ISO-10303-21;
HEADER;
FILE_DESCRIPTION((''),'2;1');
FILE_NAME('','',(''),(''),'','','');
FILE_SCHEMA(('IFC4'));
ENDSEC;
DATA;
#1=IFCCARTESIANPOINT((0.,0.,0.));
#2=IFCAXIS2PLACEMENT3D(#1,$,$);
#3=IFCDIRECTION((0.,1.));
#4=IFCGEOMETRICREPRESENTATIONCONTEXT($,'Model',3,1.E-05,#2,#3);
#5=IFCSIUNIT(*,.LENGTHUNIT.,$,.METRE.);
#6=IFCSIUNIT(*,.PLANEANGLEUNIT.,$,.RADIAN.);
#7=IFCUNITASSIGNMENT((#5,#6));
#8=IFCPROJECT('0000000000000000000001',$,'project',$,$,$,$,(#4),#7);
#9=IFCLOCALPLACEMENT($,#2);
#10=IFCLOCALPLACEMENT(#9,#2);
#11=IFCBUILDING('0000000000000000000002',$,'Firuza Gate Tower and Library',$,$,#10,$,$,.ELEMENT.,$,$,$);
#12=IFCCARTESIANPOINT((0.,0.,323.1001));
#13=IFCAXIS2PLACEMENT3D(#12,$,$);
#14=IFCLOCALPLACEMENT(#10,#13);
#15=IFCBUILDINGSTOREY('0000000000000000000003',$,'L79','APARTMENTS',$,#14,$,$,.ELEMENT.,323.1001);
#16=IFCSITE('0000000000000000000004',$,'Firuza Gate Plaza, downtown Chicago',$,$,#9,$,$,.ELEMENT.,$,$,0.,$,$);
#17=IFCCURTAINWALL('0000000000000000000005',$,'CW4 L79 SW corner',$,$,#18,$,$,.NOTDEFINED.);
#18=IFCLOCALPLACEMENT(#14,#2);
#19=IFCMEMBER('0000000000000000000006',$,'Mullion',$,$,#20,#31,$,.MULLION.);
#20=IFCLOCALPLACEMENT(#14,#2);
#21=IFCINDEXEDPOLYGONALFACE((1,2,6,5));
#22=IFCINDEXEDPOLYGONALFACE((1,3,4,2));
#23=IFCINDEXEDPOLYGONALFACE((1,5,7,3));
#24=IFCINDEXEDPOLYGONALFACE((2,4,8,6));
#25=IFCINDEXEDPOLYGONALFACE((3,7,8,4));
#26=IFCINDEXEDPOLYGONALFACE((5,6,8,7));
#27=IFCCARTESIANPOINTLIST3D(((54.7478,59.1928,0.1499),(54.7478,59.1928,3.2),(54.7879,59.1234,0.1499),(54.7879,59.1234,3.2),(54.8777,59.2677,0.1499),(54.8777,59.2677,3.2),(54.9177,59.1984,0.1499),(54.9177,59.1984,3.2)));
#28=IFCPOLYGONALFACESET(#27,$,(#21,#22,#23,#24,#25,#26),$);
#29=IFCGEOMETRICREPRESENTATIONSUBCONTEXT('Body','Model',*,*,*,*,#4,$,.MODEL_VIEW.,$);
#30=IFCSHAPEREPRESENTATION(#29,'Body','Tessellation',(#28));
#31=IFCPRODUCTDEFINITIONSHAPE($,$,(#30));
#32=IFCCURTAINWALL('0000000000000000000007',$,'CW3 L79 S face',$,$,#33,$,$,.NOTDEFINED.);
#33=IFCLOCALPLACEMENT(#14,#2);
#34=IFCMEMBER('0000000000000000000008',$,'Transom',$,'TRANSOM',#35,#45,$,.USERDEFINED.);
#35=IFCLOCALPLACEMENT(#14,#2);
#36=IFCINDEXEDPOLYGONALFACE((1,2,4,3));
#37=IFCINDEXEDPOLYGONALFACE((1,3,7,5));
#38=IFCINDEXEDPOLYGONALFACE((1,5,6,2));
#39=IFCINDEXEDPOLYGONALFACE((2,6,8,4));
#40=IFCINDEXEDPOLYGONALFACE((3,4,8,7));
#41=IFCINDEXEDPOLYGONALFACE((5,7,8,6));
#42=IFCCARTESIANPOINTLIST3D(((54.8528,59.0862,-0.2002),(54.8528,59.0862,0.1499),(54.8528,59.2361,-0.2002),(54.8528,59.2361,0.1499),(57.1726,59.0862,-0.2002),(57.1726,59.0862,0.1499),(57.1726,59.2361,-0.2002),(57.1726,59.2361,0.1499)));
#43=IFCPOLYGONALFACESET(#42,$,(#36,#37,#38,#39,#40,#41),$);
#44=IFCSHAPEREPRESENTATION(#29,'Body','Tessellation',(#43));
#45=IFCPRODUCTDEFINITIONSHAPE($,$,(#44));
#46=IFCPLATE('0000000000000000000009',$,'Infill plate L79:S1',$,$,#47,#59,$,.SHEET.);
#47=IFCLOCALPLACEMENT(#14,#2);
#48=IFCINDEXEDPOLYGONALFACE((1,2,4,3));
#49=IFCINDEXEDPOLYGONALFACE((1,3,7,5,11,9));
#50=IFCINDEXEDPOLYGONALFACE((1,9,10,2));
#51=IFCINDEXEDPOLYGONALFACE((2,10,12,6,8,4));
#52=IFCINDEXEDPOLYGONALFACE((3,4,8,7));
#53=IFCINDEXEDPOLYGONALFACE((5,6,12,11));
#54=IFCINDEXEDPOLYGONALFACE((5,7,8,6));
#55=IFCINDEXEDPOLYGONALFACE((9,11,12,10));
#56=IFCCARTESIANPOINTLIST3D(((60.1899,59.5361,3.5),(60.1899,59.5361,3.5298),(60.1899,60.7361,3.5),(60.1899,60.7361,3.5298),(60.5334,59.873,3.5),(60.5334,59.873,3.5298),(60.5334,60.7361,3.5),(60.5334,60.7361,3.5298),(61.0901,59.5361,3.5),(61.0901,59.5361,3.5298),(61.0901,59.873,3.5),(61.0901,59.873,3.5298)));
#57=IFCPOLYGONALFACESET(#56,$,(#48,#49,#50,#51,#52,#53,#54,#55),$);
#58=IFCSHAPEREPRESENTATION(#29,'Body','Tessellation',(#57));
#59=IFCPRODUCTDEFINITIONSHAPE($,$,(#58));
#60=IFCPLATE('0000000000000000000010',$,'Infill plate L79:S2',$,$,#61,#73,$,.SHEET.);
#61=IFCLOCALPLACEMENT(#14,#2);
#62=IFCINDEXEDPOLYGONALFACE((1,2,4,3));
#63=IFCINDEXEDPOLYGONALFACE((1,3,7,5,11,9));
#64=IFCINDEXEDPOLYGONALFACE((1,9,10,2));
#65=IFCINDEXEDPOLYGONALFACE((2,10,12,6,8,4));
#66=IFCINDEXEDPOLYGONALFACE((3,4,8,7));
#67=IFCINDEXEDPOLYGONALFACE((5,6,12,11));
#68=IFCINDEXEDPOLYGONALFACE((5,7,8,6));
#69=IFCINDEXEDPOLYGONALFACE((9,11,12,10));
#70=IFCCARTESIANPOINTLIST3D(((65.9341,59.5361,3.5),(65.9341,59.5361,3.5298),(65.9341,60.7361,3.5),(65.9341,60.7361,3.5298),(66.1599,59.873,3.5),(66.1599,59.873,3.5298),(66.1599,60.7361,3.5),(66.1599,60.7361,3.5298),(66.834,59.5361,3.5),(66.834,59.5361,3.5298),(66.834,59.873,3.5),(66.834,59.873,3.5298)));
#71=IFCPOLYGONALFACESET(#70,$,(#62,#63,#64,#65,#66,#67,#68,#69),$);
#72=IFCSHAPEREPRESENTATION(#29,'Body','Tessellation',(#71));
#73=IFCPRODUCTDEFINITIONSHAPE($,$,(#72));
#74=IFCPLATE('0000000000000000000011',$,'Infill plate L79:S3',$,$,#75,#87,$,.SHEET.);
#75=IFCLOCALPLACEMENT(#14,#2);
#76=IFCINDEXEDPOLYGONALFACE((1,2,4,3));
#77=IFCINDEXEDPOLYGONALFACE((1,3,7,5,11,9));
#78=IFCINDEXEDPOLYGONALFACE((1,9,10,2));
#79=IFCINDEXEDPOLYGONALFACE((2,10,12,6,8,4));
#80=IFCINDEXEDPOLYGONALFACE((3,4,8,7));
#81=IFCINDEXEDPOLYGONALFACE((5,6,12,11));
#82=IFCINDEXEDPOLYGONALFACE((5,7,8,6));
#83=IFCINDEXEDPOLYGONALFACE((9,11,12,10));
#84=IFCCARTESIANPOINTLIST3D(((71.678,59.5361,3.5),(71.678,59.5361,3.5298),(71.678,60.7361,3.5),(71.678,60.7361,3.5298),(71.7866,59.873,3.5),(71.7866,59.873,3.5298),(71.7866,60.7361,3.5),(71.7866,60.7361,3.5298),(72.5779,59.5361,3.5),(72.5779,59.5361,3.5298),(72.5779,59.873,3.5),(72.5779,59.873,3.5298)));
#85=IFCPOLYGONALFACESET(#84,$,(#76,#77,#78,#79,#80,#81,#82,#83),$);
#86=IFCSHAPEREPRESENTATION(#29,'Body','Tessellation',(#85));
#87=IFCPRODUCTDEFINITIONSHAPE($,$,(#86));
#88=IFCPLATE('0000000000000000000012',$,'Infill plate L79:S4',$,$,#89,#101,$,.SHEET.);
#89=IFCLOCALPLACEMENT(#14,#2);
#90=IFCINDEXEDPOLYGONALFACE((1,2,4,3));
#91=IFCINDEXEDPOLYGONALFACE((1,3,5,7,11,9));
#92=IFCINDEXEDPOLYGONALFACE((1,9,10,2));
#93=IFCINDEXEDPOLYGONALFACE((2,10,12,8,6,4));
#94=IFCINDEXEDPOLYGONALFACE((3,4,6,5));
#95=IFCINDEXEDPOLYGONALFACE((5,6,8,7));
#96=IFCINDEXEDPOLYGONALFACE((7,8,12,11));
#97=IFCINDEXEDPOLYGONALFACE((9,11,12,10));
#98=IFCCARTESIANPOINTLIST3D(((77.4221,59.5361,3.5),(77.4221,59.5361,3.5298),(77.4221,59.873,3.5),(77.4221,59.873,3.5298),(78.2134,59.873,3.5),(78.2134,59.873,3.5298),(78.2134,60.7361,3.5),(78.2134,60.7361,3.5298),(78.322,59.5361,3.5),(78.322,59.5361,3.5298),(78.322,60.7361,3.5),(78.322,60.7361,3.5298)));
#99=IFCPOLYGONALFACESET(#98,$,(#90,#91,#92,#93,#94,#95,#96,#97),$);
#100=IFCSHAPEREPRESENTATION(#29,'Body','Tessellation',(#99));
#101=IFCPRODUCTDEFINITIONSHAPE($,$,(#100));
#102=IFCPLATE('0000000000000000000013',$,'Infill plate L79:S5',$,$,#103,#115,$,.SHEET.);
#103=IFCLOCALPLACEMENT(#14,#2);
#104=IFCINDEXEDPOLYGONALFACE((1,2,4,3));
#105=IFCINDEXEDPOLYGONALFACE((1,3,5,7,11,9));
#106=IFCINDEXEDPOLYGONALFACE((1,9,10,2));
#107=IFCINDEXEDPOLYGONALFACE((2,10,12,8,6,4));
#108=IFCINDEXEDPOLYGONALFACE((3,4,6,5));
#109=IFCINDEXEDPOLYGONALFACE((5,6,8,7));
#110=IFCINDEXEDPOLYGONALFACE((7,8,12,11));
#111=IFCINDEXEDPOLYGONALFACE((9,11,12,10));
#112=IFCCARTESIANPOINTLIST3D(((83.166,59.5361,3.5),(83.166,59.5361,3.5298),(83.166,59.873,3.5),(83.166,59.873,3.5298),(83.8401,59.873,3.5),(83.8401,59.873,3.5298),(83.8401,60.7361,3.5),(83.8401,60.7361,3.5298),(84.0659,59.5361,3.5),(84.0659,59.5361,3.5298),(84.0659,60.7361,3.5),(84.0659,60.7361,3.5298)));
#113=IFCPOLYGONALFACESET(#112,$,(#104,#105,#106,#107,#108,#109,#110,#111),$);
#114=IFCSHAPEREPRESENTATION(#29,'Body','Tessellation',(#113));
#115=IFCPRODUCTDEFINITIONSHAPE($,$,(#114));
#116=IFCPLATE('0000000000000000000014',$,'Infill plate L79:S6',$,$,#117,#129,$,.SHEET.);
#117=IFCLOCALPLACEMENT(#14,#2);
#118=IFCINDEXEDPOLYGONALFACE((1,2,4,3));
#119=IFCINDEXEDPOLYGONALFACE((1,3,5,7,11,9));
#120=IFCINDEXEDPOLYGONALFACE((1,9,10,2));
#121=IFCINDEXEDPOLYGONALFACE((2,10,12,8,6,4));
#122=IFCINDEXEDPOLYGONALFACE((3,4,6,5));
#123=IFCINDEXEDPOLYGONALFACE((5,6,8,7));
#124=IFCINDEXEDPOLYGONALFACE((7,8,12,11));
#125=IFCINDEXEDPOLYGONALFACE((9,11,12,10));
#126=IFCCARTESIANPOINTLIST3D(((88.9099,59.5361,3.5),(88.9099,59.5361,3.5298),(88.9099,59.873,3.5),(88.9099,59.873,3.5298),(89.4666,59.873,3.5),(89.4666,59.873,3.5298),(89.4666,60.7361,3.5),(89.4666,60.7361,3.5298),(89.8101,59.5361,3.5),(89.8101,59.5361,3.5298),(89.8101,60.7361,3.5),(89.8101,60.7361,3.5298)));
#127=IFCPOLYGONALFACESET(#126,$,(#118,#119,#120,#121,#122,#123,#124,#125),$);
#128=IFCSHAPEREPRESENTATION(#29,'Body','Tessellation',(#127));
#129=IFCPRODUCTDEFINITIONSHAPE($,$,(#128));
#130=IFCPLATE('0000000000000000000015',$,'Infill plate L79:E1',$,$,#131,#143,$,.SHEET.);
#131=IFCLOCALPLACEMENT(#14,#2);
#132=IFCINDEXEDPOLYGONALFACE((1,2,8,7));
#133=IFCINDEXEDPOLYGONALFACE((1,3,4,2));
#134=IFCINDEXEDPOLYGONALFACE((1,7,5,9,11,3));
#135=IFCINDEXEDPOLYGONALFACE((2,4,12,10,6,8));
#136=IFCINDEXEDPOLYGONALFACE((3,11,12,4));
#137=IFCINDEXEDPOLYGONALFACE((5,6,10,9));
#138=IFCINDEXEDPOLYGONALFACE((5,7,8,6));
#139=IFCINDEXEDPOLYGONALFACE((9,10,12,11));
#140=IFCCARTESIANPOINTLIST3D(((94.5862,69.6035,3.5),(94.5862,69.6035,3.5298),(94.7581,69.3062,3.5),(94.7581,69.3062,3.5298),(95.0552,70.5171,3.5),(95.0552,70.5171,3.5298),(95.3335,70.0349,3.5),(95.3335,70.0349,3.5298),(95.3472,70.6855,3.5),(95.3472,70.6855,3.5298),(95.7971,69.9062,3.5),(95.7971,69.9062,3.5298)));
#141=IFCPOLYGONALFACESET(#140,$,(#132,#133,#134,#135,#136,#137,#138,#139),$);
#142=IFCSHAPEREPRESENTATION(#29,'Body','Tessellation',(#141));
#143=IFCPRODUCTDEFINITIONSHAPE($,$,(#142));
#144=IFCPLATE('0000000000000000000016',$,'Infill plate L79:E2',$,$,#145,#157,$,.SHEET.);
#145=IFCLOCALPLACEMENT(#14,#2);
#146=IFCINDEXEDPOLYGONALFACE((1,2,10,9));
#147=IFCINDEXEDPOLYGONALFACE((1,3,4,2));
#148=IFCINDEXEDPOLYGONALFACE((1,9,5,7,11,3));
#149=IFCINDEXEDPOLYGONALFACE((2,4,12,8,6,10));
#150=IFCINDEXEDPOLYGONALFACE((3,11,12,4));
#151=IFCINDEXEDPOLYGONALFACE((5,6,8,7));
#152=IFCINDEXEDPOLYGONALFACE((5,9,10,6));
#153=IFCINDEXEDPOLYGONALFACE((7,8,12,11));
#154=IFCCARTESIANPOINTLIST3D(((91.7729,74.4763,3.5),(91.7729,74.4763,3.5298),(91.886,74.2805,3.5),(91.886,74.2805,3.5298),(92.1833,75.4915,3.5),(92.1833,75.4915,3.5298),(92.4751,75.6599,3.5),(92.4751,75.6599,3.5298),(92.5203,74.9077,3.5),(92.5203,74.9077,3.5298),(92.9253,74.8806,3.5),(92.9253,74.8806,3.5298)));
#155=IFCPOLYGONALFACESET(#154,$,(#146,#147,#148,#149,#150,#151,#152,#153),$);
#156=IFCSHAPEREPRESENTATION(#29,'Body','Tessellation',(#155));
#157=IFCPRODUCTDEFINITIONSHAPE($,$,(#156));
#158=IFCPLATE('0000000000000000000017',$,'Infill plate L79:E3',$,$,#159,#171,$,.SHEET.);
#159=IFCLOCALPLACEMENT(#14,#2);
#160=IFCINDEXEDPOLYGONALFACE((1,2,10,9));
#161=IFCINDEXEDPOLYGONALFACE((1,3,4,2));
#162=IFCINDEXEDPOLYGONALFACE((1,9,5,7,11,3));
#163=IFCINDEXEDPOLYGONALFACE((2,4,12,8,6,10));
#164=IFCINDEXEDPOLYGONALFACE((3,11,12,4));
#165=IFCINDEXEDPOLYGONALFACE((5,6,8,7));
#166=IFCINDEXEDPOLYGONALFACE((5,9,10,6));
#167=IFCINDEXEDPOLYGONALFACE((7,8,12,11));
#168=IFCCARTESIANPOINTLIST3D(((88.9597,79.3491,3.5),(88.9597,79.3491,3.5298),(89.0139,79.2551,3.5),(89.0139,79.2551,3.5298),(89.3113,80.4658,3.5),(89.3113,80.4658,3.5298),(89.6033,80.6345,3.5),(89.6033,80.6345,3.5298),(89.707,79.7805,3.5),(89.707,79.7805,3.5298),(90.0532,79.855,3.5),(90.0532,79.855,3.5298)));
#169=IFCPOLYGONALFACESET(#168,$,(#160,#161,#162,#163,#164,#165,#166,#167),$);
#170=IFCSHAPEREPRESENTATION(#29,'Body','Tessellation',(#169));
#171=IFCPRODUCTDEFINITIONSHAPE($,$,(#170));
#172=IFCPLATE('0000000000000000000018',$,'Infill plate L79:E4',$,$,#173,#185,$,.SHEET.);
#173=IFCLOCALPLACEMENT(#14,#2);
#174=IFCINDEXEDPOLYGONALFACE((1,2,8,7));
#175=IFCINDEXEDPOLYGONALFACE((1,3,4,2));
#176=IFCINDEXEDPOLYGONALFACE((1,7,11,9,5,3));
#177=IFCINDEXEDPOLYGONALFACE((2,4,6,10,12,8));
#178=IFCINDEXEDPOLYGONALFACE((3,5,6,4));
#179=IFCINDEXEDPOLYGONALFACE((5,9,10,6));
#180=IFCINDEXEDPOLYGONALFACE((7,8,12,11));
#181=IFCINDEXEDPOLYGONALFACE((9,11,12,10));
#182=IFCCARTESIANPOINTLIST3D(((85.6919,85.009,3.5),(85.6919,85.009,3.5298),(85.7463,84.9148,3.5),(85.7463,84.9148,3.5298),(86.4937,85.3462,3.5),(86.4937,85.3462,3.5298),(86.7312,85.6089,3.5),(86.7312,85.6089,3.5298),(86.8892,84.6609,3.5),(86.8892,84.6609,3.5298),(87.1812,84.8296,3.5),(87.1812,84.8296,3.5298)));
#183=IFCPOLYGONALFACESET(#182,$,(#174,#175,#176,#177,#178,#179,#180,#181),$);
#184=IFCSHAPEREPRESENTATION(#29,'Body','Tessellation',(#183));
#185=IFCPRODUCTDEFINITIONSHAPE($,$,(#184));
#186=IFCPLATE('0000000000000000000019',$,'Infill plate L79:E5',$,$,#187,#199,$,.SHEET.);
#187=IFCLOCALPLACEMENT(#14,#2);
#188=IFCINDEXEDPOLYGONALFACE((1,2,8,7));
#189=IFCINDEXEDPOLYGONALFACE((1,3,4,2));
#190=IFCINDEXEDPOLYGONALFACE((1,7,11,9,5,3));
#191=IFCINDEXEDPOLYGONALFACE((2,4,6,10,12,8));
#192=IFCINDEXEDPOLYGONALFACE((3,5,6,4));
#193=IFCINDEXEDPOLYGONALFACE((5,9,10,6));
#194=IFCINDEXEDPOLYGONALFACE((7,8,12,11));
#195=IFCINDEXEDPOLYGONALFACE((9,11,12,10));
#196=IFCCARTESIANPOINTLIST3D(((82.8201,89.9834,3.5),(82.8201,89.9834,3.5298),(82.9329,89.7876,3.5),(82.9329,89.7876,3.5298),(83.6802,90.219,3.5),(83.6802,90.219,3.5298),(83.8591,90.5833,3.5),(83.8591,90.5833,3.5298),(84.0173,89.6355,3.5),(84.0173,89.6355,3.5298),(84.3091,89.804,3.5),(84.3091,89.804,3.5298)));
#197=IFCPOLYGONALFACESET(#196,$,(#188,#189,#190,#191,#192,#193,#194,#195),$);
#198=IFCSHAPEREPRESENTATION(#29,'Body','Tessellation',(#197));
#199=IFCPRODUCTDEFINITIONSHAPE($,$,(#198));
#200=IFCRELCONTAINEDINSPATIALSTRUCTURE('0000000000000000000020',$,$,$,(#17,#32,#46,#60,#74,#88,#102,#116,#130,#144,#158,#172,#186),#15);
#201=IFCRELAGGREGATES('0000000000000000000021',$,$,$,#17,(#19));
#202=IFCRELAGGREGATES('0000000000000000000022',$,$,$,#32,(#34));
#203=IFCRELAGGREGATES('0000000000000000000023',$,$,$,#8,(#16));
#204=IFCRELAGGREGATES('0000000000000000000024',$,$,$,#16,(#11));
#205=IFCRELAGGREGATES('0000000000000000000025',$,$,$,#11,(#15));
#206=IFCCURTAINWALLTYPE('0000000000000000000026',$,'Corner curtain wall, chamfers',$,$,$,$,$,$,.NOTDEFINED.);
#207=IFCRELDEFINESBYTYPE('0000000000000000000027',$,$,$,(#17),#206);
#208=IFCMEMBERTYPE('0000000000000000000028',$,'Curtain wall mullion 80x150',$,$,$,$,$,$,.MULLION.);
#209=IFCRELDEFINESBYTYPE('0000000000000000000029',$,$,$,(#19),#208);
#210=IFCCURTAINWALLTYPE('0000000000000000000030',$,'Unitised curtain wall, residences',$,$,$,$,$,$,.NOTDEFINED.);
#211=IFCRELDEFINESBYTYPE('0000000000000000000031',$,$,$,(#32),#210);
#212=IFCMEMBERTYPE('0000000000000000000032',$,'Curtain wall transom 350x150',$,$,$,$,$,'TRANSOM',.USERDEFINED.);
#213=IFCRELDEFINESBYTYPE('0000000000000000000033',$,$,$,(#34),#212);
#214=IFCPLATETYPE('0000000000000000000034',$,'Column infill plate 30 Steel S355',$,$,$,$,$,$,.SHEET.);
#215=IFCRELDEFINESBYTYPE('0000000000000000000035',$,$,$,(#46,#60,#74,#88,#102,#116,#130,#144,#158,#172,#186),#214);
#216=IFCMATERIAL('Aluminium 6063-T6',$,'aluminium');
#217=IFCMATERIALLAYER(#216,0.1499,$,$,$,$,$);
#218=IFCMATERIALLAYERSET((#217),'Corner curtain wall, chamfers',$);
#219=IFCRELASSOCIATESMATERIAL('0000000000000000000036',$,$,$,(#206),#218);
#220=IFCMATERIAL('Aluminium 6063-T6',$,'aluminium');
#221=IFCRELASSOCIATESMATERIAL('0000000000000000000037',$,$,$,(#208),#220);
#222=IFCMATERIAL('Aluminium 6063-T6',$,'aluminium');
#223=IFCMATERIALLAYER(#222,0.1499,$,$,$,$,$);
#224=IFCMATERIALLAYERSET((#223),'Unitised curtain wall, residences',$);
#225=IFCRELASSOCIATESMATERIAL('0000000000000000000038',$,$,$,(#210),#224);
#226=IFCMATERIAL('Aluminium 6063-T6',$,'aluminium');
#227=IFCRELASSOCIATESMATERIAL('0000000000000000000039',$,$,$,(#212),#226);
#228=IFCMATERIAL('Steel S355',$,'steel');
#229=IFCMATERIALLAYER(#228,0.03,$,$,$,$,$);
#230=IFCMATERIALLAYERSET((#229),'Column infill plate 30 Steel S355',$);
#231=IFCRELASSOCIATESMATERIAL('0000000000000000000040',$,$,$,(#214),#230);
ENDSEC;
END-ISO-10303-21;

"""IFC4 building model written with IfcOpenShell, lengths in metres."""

from ifc_helpers import new_model, si_unit, direction, frame, origin, origin_2d, place, context, subcontext, project, spatial, polyline, rectangle, outline, extrude, material, layer, layer_set, material_profile, profile_set, type_object, element, aggregate, save


model = new_model("IFC4")

# Units and contexts
model_context = context("Model", 3, precision=1e-05, world=origin(), true_north=direction((0.0, 1.0)))
body_context = subcontext(model_context, "Body", "Model", "MODEL_VIEW")
ifc_project = project(units=[si_unit("LENGTHUNIT", "METRE"), si_unit("PLANEANGLEUNIT", "RADIAN")], contexts=[model_context])

# Site, building, storey
site_placement = place(None, origin())
site = spatial("IfcSite", under=ifc_project, at=site_placement, Name="Firuza Gate Plaza, downtown Chicago", CompositionType="ELEMENT", RefElevation=0.0)
building_placement = place(site_placement, origin())
building = spatial("IfcBuilding", under=site, at=building_placement, Name="Firuza Gate Tower and Library", CompositionType="ELEMENT")
storey_placement = place(building_placement, frame((0.0, 0.0, 323.1001)))
storey = spatial("IfcBuildingStorey", under=building, at=storey_placement, Name="L79", Description="APARTMENTS", CompositionType="ELEMENT", Elevation=323.1001)

# Curtain walls, members
ifc_material_1 = material(Name="Aluminium 6063-T6", Category="aluminium")
ifc_layer_1 = layer(ifc_material_1, 0.1499)
ifc_layer_set_1 = layer_set([ifc_layer_1], Name="Corner curtain wall, chamfers")
curtain_wall_type_1 = type_object("IfcCurtainWallType", Name="Corner curtain wall, chamfers", PredefinedType="NOTDEFINED", material=ifc_layer_set_1)
placement_1 = place(storey_placement, origin())
curtain_wall_1 = element("IfcCurtainWall", 1, at=placement_1, inside=storey, type_object=curtain_wall_type_1, Name="CW4 L79 SW corner", PredefinedType="NOTDEFINED")
ifc_material_2 = material(Name="Aluminium 6063-T6", Category="aluminium")
ifc_material_profile_1 = material_profile(ifc_material_2, rectangle(XDim=0.1499, YDim=0.0801, at=origin_2d()))
ifc_profile_set_1 = profile_set([ifc_material_profile_1], Name="Aluminium 6063-T6")
member_type_1 = type_object("IfcMemberType", Name="Curtain wall mullion 80x150", PredefinedType="MULLION", material=ifc_profile_set_1)
member_1_placement = place(storey_placement, frame((54.8328, 59.1956, 0.1499), z_axis=(0.0, 0.0, 1.0), x_axis=(0.866025, 0.5, 0.0)))
member_1 = element("IfcMember", 2, at=member_1_placement, type_object=member_type_1, Name="Mullion", PredefinedType="MULLION", context=body_context, shape_type="SweptSolid", body=[
    extrude(rectangle(XDim=0.1499, YDim=0.0801, at=origin_2d()), origin(), (0.0, 0.0, 1.0), 3.05),
])
aggregate(curtain_wall_1, [member_1])
ifc_material_3 = material(Name="Aluminium 6063-T6", Category="aluminium")
ifc_layer_2 = layer(ifc_material_3, 0.1499)
ifc_layer_set_2 = layer_set([ifc_layer_2], Name="Unitised curtain wall, residences")
curtain_wall_type_2 = type_object("IfcCurtainWallType", Name="Unitised curtain wall, residences", PredefinedType="NOTDEFINED", material=ifc_layer_set_2)
curtain_wall_2 = element("IfcCurtainWall", 3, at=placement_1, inside=storey, type_object=curtain_wall_type_2, Name="CW3 L79 S face", PredefinedType="NOTDEFINED")
ifc_material_4 = material(Name="Aluminium 6063-T6", Category="aluminium")
ifc_material_profile_2 = material_profile(ifc_material_4, rectangle(XDim=0.1499, YDim=0.3501, at=origin_2d()))
ifc_profile_set_2 = profile_set([ifc_material_profile_2], Name="Aluminium 6063-T6")
member_type_2 = type_object("IfcMemberType", Name="Curtain wall transom 350x150", ElementType="TRANSOM", PredefinedType="USERDEFINED", material=ifc_profile_set_2)
member_2_placement = place(storey_placement, frame((54.8528, 59.1611, -0.0251), z_axis=(1.0, 0.0, 0.0), x_axis=(0.0, 1.0, 0.0)))
member_2 = element("IfcMember", 4, at=member_2_placement, type_object=member_type_2, Name="Transom", ObjectType="TRANSOM", PredefinedType="USERDEFINED", context=body_context, shape_type="SweptSolid", body=[
    extrude(rectangle(XDim=0.1499, YDim=0.3501, at=origin_2d()), origin(), (0.0, 0.0, 1.0), 2.3198),
])
aggregate(curtain_wall_2, [member_2])

# Plates
ifc_material_5 = material(Name="Steel S355", Category="steel")
ifc_layer_3 = layer(ifc_material_5, 0.03)
ifc_layer_set_3 = layer_set([ifc_layer_3], Name="Column infill plate 30 Steel S355")
plate_type_1 = type_object("IfcPlateType", Name="Column infill plate 30 Steel S355", PredefinedType="SHEET", material=ifc_layer_set_3)
placement_2 = place(storey_placement, frame((0.0, 0.0, 3.5)))
element("IfcPlate", 5, at=placement_2, inside=storey, type_object=plate_type_1, Name="Infill plate L79:S1", PredefinedType="SHEET", context=body_context, shape_type="SweptSolid", body=[
    extrude(outline(polyline([(61.0901, 59.5361), (61.0901, 59.873), (60.5334, 59.873), (60.5334, 60.7361), (60.1899, 60.7361), (60.1899, 59.5361), (61.0901, 59.5361)])), origin(), (0.0, 0.0, 1.0), 0.0298),
])
element("IfcPlate", 6, at=placement_2, inside=storey, type_object=plate_type_1, Name="Infill plate L79:S2", PredefinedType="SHEET", context=body_context, shape_type="SweptSolid", body=[
    extrude(outline(polyline([(66.834, 59.5361), (66.834, 59.873), (66.1599, 59.873), (66.1599, 60.7361), (65.9341, 60.7361), (65.9341, 59.5361), (66.834, 59.5361)])), origin(), (0.0, 0.0, 1.0), 0.0298),
])
element("IfcPlate", 7, at=placement_2, inside=storey, type_object=plate_type_1, Name="Infill plate L79:S3", PredefinedType="SHEET", context=body_context, shape_type="SweptSolid", body=[
    extrude(outline(polyline([(72.5779, 59.5361), (72.5779, 59.873), (71.7866, 59.873), (71.7866, 60.7361), (71.678, 60.7361), (71.678, 59.5361), (72.5779, 59.5361)])), origin(), (0.0, 0.0, 1.0), 0.0298),
])
element("IfcPlate", 8, at=placement_2, inside=storey, type_object=plate_type_1, Name="Infill plate L79:S4", PredefinedType="SHEET", context=body_context, shape_type="SweptSolid", body=[
    extrude(outline(polyline([(78.322, 60.7361), (78.2134, 60.7361), (78.2134, 59.873), (77.4221, 59.873), (77.4221, 59.5361), (78.322, 59.5361), (78.322, 60.7361)])), origin(), (0.0, 0.0, 1.0), 0.0298),
])
element("IfcPlate", 9, at=placement_2, inside=storey, type_object=plate_type_1, Name="Infill plate L79:S5", PredefinedType="SHEET", context=body_context, shape_type="SweptSolid", body=[
    extrude(outline(polyline([(84.0659, 60.7361), (83.8401, 60.7361), (83.8401, 59.873), (83.166, 59.873), (83.166, 59.5361), (84.0659, 59.5361), (84.0659, 60.7361)])), origin(), (0.0, 0.0, 1.0), 0.0298),
])
element("IfcPlate", 10, at=placement_2, inside=storey, type_object=plate_type_1, Name="Infill plate L79:S6", PredefinedType="SHEET", context=body_context, shape_type="SweptSolid", body=[
    extrude(outline(polyline([(89.8101, 60.7361), (89.4666, 60.7361), (89.4666, 59.873), (88.9099, 59.873), (88.9099, 59.5361), (89.8101, 59.5361), (89.8101, 60.7361)])), origin(), (0.0, 0.0, 1.0), 0.0298),
])
element("IfcPlate", 11, at=placement_2, inside=storey, type_object=plate_type_1, Name="Infill plate L79:E1", PredefinedType="SHEET", context=body_context, shape_type="SweptSolid", body=[
    extrude(outline(polyline([(95.3472, 70.6855), (95.0552, 70.5171), (95.3335, 70.0349), (94.5862, 69.6035), (94.7581, 69.3062), (95.7971, 69.9062), (95.3472, 70.6855)])), origin(), (0.0, 0.0, 1.0), 0.0298),
])
element("IfcPlate", 12, at=placement_2, inside=storey, type_object=plate_type_1, Name="Infill plate L79:E2", PredefinedType="SHEET", context=body_context, shape_type="SweptSolid", body=[
    extrude(outline(polyline([(92.4751, 75.6599), (92.1833, 75.4915), (92.5203, 74.9077), (91.7729, 74.4763), (91.886, 74.2805), (92.9253, 74.8806), (92.4751, 75.6599)])), origin(), (0.0, 0.0, 1.0), 0.0298),
])
element("IfcPlate", 13, at=placement_2, inside=storey, type_object=plate_type_1, Name="Infill plate L79:E3", PredefinedType="SHEET", context=body_context, shape_type="SweptSolid", body=[
    extrude(outline(polyline([(89.6033, 80.6345), (89.3113, 80.4658), (89.707, 79.7805), (88.9597, 79.3491), (89.0139, 79.2551), (90.0532, 79.855), (89.6033, 80.6345)])), origin(), (0.0, 0.0, 1.0), 0.0298),
])
element("IfcPlate", 14, at=placement_2, inside=storey, type_object=plate_type_1, Name="Infill plate L79:E4", PredefinedType="SHEET", context=body_context, shape_type="SweptSolid", body=[
    extrude(outline(polyline([(85.6919, 85.009), (85.7463, 84.9148), (86.4937, 85.3462), (86.8892, 84.6609), (87.1812, 84.8296), (86.7312, 85.6089), (85.6919, 85.009)])), origin(), (0.0, 0.0, 1.0), 0.0298),
])
element("IfcPlate", 15, at=placement_2, inside=storey, type_object=plate_type_1, Name="Infill plate L79:E5", PredefinedType="SHEET", context=body_context, shape_type="SweptSolid", body=[
    extrude(outline(polyline([(82.8201, 89.9834), (82.9329, 89.7876), (83.6802, 90.219), (84.0173, 89.6355), (84.3091, 89.804), (83.8591, 90.5833), (82.8201, 89.9834)])), origin(), (0.0, 0.0, 1.0), 0.0298),
])

save(model, "model.ifc")
